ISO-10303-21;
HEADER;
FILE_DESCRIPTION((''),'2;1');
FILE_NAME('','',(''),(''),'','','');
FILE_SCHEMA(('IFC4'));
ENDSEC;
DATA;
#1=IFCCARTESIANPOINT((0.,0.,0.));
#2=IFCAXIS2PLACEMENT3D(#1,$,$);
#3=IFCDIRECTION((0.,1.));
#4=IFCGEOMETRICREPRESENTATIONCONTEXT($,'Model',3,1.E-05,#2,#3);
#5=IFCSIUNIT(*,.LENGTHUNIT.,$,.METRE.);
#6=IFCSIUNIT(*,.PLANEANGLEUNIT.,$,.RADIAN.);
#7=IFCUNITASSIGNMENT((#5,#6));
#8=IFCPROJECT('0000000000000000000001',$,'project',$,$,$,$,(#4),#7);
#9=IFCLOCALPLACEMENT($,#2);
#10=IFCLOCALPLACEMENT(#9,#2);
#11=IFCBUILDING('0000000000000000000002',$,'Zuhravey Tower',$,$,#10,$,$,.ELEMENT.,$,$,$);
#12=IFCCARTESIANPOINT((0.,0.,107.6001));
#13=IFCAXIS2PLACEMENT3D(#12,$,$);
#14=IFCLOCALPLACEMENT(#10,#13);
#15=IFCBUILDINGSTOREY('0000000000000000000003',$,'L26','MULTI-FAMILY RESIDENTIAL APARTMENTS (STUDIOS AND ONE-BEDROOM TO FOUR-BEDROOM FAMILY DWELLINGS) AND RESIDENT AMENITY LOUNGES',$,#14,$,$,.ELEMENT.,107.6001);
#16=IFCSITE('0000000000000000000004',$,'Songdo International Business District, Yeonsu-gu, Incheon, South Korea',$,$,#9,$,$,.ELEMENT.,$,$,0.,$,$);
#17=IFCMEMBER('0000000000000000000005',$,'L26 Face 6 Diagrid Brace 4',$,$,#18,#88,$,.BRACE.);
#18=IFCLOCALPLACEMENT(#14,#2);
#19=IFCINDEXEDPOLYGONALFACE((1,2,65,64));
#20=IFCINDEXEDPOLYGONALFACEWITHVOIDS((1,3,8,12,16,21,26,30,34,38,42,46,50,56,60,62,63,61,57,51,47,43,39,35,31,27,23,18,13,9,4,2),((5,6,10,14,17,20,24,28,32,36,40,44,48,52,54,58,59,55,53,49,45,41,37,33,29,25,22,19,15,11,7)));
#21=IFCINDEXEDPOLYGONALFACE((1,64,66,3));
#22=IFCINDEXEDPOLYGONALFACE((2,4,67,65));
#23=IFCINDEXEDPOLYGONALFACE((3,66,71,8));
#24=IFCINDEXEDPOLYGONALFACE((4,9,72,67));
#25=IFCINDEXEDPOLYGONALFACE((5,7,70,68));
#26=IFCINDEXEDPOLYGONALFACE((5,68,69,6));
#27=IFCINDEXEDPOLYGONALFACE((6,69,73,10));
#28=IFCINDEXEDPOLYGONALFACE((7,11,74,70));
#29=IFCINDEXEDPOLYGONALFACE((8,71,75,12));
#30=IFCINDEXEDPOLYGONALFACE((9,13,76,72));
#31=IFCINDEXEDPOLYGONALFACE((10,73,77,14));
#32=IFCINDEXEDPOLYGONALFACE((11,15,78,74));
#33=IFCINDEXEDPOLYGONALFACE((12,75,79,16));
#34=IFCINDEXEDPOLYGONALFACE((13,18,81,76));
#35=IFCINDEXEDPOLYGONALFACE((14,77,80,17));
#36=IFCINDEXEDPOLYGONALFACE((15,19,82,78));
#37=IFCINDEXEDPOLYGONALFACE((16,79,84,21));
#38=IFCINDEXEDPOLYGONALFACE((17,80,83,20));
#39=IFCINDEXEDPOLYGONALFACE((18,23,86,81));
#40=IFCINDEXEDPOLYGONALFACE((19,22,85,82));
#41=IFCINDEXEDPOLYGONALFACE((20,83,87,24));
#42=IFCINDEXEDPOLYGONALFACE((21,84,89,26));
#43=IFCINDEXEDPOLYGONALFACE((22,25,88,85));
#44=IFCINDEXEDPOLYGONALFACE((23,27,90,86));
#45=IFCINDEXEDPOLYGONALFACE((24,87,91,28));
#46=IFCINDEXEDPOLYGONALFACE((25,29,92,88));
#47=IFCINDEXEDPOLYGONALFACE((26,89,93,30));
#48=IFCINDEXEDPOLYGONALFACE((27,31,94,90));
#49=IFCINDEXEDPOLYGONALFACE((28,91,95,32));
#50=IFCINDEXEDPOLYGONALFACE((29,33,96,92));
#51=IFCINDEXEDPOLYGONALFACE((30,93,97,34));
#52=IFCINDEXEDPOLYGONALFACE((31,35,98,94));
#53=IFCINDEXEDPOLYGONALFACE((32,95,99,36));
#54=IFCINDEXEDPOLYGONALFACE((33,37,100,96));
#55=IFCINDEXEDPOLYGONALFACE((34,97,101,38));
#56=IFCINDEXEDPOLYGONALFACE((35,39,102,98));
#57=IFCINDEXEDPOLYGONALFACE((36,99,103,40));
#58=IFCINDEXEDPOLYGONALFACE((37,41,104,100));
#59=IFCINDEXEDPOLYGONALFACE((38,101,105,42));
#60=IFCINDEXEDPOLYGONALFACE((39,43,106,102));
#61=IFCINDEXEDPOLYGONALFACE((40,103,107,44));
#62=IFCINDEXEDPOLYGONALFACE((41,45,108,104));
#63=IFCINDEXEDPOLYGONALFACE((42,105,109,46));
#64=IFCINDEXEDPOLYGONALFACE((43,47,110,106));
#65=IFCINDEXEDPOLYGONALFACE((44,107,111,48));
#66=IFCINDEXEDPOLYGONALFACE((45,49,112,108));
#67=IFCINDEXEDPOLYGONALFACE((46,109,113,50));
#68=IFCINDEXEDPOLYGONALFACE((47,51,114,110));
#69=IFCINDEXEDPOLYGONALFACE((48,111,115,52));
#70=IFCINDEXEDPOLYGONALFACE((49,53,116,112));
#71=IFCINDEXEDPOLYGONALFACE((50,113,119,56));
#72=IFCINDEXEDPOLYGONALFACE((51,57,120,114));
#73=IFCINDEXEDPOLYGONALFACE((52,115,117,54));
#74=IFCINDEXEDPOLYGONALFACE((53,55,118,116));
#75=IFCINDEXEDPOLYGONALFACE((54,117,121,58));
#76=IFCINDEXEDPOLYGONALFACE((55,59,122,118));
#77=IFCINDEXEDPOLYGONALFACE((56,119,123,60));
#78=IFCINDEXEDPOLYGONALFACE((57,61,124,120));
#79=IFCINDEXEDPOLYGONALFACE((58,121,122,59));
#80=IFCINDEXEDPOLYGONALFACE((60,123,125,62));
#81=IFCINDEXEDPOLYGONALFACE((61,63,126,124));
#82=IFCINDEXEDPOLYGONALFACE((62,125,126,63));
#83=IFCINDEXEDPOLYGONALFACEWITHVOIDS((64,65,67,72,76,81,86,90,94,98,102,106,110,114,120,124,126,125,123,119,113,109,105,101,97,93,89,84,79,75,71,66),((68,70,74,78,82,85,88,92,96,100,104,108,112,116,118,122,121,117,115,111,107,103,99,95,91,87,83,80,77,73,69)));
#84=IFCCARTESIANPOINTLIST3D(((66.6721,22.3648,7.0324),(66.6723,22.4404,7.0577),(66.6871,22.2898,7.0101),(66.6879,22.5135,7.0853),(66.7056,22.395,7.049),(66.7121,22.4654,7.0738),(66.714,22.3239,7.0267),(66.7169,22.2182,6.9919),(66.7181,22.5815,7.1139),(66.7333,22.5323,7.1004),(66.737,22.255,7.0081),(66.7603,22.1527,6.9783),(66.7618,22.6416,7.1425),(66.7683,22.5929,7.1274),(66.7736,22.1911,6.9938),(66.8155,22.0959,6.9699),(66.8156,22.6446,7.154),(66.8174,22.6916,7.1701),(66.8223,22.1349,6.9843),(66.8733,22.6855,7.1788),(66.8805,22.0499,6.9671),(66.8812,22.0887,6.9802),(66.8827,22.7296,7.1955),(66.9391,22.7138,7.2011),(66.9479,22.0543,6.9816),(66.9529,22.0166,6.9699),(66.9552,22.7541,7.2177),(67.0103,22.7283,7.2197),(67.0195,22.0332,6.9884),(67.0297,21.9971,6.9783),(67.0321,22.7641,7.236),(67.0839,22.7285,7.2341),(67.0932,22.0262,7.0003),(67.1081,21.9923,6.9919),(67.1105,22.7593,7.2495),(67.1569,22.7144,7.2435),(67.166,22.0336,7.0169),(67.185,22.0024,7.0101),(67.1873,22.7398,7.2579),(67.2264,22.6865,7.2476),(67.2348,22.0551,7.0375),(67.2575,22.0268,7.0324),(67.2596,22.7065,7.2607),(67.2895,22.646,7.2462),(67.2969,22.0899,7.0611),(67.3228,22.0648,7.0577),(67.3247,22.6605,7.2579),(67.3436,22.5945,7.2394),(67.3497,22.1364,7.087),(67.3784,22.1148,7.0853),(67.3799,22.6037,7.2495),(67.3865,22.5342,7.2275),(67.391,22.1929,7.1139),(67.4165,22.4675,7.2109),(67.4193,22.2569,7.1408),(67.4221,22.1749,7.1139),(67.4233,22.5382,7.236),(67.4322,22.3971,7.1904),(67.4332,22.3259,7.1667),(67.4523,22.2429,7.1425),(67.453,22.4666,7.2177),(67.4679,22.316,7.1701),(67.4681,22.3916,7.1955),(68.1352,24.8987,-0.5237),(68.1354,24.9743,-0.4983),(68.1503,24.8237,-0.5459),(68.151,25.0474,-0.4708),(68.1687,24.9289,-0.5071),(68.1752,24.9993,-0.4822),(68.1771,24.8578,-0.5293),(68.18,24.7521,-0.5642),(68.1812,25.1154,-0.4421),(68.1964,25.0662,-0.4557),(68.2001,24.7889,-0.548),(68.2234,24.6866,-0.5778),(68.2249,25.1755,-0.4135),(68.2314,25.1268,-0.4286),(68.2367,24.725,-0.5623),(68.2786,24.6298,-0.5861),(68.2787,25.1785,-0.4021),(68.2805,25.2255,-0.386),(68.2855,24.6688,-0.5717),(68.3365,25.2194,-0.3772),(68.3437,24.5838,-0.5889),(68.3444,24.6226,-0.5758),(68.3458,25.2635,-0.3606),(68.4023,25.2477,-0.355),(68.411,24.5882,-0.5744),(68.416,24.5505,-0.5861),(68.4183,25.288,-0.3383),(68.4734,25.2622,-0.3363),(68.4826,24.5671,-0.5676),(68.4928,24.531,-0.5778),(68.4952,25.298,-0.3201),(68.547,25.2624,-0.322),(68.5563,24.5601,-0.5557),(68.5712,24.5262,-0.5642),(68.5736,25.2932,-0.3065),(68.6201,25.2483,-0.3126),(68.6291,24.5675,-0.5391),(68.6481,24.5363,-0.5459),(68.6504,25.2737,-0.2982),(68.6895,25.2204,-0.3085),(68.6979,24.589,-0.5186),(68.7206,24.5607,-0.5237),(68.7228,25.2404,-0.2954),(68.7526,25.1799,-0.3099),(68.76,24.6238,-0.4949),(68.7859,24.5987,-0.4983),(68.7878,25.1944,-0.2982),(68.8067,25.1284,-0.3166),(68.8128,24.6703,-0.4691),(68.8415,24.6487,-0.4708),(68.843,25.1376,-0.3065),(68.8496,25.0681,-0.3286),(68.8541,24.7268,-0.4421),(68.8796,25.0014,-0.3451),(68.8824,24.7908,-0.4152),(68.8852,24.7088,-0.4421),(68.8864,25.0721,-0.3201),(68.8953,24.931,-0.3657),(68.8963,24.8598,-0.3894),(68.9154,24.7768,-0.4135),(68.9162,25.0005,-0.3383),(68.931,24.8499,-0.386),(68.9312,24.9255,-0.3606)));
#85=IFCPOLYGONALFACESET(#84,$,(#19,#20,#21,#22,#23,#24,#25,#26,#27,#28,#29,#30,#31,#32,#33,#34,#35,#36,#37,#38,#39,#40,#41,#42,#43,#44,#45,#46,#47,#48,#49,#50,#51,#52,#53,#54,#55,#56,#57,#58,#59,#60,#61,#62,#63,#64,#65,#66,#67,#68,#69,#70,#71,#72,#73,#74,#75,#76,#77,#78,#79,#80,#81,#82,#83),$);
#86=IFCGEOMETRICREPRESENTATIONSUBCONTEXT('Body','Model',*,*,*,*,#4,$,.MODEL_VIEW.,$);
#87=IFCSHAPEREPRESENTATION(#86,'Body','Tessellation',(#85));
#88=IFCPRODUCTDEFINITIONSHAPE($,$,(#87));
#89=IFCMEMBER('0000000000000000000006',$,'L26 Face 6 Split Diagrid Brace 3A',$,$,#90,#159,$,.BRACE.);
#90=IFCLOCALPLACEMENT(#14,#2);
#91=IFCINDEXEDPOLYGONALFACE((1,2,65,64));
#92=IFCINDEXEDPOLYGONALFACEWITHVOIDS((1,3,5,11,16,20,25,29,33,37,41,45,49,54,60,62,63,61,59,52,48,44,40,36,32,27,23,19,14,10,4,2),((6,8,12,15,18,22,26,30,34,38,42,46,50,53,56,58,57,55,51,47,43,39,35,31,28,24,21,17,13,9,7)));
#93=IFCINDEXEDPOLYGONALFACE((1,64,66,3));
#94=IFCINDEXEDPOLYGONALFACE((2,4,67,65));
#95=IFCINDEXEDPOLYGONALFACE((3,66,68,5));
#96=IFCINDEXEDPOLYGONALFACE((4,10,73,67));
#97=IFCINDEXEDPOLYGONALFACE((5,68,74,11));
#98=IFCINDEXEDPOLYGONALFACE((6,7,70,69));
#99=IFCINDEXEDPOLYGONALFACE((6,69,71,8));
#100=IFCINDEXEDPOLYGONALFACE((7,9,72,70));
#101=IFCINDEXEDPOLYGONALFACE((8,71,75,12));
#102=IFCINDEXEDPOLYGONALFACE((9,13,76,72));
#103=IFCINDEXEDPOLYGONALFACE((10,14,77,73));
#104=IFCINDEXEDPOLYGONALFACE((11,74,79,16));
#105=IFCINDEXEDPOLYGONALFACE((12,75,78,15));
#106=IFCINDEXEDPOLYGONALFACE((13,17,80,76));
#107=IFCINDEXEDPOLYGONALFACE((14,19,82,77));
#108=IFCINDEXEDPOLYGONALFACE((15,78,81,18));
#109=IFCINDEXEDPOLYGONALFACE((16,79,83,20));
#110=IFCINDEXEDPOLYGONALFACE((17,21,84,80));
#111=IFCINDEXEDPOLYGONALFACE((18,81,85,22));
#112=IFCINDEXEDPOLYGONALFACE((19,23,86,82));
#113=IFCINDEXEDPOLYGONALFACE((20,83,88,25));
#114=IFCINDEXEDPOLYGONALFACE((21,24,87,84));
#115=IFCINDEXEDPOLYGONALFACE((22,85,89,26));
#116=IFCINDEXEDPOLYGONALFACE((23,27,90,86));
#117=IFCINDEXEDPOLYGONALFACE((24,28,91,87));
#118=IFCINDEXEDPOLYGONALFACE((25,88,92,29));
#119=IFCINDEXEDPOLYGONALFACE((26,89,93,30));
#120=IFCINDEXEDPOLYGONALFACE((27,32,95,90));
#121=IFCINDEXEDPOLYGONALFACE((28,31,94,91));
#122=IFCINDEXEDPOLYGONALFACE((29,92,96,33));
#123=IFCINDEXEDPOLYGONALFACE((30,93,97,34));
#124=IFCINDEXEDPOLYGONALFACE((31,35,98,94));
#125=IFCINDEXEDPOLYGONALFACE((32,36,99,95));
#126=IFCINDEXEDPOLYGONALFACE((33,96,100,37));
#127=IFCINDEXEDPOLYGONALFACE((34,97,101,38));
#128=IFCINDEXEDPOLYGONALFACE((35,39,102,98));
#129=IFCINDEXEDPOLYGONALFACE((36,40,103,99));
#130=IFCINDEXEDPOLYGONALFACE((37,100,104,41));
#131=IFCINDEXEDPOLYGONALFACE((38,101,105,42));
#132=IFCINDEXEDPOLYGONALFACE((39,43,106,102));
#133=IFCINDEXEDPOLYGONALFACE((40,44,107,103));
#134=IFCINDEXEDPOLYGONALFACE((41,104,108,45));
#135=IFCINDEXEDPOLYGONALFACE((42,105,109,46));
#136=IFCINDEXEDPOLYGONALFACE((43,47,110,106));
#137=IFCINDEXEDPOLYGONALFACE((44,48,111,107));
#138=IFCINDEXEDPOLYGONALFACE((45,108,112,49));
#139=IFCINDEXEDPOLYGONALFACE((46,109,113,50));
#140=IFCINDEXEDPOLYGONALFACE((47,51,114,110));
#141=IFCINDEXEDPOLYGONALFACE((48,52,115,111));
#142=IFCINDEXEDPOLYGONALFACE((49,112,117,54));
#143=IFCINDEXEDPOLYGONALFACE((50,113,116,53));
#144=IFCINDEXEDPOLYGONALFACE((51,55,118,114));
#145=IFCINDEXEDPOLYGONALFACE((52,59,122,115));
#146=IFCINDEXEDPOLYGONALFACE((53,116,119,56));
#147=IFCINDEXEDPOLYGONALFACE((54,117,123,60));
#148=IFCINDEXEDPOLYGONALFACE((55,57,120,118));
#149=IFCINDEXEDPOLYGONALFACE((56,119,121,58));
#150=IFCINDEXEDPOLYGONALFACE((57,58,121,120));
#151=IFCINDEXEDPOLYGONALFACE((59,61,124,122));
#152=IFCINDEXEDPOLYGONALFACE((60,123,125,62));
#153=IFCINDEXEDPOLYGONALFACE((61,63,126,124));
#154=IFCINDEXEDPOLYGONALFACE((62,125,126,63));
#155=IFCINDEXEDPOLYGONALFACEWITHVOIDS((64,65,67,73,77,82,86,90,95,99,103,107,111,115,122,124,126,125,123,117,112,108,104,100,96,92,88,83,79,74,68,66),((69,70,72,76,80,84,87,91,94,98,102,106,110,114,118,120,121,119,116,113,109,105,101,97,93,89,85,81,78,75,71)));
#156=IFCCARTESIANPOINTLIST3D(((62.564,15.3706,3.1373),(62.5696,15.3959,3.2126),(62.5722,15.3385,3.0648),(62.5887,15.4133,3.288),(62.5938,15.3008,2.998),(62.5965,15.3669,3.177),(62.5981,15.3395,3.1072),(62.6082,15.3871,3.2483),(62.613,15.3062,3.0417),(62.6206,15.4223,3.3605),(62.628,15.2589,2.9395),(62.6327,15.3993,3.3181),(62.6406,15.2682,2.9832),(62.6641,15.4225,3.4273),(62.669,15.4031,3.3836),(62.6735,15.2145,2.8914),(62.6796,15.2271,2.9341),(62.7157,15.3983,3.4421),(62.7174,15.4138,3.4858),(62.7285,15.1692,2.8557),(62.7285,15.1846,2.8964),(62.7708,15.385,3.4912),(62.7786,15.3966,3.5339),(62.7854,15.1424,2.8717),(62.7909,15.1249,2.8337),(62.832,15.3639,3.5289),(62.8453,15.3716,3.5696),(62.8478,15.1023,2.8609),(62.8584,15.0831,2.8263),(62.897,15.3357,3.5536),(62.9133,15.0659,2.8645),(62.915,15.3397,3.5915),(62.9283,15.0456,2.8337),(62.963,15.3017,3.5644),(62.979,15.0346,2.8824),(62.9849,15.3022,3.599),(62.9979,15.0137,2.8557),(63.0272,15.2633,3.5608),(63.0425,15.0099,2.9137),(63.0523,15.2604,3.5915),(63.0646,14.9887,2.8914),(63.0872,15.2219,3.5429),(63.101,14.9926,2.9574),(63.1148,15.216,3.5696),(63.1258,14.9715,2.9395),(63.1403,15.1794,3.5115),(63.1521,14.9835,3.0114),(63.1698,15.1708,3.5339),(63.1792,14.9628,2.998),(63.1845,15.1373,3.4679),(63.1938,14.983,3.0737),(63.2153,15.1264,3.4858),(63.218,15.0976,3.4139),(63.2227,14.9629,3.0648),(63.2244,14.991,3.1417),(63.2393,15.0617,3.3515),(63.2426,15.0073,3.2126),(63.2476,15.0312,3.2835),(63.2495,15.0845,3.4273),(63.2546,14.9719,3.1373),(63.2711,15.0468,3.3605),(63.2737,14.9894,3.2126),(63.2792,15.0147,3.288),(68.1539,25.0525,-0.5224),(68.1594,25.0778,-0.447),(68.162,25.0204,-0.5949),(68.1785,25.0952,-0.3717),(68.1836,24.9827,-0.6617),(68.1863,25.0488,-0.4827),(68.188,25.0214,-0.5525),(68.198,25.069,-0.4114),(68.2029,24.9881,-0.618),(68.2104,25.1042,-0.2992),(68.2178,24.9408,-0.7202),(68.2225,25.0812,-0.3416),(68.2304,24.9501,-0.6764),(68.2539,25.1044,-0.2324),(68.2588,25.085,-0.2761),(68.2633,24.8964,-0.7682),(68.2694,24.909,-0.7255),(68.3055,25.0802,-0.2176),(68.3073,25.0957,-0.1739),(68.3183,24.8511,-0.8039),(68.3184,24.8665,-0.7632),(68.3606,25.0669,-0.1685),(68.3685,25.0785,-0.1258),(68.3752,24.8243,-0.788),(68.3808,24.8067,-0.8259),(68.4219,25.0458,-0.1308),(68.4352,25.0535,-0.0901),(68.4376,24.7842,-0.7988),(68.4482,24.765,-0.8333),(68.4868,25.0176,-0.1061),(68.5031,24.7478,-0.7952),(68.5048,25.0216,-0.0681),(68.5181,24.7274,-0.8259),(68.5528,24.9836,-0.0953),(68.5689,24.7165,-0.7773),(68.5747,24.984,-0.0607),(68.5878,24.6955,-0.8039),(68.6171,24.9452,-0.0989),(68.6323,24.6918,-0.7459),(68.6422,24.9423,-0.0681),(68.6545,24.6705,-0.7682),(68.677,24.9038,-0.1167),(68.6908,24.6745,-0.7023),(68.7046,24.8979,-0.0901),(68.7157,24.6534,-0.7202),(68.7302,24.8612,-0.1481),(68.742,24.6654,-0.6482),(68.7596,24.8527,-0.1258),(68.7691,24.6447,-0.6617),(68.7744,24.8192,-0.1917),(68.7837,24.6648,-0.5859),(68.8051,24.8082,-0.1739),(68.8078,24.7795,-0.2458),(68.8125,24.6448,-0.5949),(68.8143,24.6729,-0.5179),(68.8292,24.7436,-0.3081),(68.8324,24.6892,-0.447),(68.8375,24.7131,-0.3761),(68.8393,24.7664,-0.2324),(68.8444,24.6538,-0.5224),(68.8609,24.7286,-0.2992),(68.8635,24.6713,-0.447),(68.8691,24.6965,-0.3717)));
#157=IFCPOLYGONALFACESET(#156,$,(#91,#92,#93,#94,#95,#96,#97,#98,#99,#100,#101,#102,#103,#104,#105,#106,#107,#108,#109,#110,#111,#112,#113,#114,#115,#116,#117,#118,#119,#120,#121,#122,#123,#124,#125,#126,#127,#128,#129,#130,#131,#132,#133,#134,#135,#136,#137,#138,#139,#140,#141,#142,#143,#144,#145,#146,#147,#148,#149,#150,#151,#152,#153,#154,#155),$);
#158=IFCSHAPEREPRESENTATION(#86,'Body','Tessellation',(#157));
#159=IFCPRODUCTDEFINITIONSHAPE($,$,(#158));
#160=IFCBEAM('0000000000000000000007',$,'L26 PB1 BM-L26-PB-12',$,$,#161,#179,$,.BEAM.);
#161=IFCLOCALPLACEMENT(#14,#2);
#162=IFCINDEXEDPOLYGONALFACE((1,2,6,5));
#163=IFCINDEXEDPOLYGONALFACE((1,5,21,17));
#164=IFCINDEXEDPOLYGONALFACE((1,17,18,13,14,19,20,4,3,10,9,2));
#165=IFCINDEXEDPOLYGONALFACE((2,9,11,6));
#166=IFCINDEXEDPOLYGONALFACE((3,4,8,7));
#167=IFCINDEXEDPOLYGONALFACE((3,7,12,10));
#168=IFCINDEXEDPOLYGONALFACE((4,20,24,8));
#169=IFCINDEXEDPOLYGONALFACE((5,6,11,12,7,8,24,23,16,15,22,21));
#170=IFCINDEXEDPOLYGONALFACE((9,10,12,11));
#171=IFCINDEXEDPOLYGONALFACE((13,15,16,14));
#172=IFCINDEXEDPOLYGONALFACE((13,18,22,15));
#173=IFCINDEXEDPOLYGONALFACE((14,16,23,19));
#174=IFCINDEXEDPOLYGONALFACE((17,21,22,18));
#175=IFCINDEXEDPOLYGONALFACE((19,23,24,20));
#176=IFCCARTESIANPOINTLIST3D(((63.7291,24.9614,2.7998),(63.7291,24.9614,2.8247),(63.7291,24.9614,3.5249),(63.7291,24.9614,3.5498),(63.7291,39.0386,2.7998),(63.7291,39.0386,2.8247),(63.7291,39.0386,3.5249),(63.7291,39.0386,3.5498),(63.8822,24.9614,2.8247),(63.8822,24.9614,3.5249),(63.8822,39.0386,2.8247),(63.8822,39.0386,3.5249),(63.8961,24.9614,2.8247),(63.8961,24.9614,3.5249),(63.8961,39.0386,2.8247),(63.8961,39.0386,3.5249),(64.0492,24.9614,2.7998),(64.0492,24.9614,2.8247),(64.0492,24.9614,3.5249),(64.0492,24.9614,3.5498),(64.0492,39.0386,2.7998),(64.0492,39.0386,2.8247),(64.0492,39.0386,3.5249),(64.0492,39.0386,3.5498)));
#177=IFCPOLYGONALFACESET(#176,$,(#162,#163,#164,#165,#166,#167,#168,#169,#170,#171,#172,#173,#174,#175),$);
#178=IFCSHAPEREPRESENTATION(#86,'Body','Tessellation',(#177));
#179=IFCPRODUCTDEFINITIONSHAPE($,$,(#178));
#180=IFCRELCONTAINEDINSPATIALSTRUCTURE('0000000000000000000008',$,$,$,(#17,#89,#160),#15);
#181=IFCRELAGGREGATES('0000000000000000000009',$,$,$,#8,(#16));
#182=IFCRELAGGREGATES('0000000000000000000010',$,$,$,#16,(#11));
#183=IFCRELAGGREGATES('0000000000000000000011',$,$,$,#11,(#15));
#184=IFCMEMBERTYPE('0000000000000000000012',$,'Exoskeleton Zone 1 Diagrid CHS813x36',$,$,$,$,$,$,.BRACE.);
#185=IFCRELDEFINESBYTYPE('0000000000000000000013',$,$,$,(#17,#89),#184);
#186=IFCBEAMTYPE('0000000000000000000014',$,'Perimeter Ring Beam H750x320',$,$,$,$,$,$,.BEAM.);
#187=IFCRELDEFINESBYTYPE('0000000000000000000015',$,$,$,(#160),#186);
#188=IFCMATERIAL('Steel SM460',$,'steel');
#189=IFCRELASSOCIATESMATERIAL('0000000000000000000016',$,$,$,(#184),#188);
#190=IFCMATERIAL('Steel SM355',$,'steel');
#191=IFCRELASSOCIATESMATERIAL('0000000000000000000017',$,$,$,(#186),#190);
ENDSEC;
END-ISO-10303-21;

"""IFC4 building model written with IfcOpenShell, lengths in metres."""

from ifc_helpers import new_model, si_unit, direction, frame, origin, origin_2d, place, context, subcontext, project, spatial, hollow_circle, i_section, extrude, material, material_profile, profile_set, type_object, element, save


model = new_model("IFC4")

# Units and contexts
model_context = context("Model", 3, precision=1e-05, world=origin(), true_north=direction((0.0, 1.0)))
body_context = subcontext(model_context, "Body", "Model", "MODEL_VIEW")
ifc_project = project(units=[si_unit("LENGTHUNIT", "METRE"), si_unit("PLANEANGLEUNIT", "RADIAN")], contexts=[model_context])

# Site, building, storey
site_placement = place(None, origin())
site = spatial("IfcSite", under=ifc_project, at=site_placement, Name="Songdo International Business District, Yeonsu-gu, Incheon, South Korea", CompositionType="ELEMENT", RefElevation=0.0)
building_placement = place(site_placement, origin())
building = spatial("IfcBuilding", under=site, at=building_placement, Name="Zuhravey Tower", CompositionType="ELEMENT")
storey_placement = place(building_placement, frame((0.0, 0.0, 107.6001)))
storey = spatial("IfcBuildingStorey", under=building, at=storey_placement, Name="L26", Description="MULTI-FAMILY RESIDENTIAL APARTMENTS (STUDIOS AND ONE-BEDROOM TO FOUR-BEDROOM FAMILY DWELLINGS) AND RESIDENT AMENITY LOUNGES", CompositionType="ELEMENT", Elevation=107.6001)

# Members
ifc_material_1 = material(Name="Steel SM460", Category="steel")
ifc_material_profile_1 = material_profile(ifc_material_1, hollow_circle(Radius=0.4065, WallThickness=0.0359, at=origin_2d()), Name="CHS-812.8x36")
ifc_profile_set_1 = profile_set([ifc_material_profile_1], Name="Steel SM460")
member_type_1 = type_object("IfcMemberType", Name="Exoskeleton Zone 1 Diagrid CHS813x36", PredefinedType="BRACE", material=ifc_profile_set_1)
member_1_placement = place(storey_placement, frame((68.5332, 24.9121, -0.4421), z_axis=(-0.180569, -0.312719, 0.932524), x_axis=(0.866001, -0.500043, 0.0)))
element("IfcMember", 1, at=member_1_placement, inside=storey, type_object=member_type_1, Name="L26 Face 6 Diagrid Brace 4", PredefinedType="BRACE", context=body_context, shape_type="SweptSolid", body=[
    extrude(hollow_circle(Radius=0.4065, WallThickness=0.0359, at=origin_2d()), origin(), (0.0, 0.0, 1.0), 8.1028),
])
member_2_placement = place(storey_placement, frame((68.5115, 24.8745, -0.447), z_axis=(-0.475188, -0.823049, 0.311105), x_axis=(0.866025, -0.5, 0.0)))
element("IfcMember", 2, at=member_2_placement, inside=storey, type_object=member_type_1, Name="L26 Face 6 Split Diagrid Brace 3A", PredefinedType="BRACE", context=body_context, shape_type="SweptSolid", body=[
    extrude(hollow_circle(Radius=0.4065, WallThickness=0.0359, at=origin_2d()), origin(), (0.0, 0.0, 1.0), 11.7634),
])

# Beam
ifc_material_2 = material(Name="Steel SM355", Category="steel")
ifc_material_profile_2 = material_profile(ifc_material_2, i_section(OverallWidth=0.3201, OverallDepth=0.75, WebThickness=0.0139, FlangeThickness=0.0249, at=origin_2d()), Name="H-750x320x14x25")
ifc_profile_set_2 = profile_set([ifc_material_profile_2], Name="Steel SM355")
beam_type_1 = type_object("IfcBeamType", Name="Perimeter Ring Beam H750x320", PredefinedType="BEAM", material=ifc_profile_set_2)
beam_1_placement = place(storey_placement, frame((63.8892, 24.9614, 3.1748), z_axis=(0.0, 1.0, 0.0), x_axis=(-1.0, 0.0, 0.0)))
element("IfcBeam", 3, at=beam_1_placement, inside=storey, type_object=beam_type_1, Name="L26 PB1 BM-L26-PB-12", PredefinedType="BEAM", context=body_context, shape_type="SweptSolid", body=[
    extrude(i_section(OverallWidth=0.3201, OverallDepth=0.75, WebThickness=0.0139, FlangeThickness=0.0249, at=origin_2d()), origin(), (0.0, 0.0, 1.0), 14.0771),
])

save(model, "model.ifc")
